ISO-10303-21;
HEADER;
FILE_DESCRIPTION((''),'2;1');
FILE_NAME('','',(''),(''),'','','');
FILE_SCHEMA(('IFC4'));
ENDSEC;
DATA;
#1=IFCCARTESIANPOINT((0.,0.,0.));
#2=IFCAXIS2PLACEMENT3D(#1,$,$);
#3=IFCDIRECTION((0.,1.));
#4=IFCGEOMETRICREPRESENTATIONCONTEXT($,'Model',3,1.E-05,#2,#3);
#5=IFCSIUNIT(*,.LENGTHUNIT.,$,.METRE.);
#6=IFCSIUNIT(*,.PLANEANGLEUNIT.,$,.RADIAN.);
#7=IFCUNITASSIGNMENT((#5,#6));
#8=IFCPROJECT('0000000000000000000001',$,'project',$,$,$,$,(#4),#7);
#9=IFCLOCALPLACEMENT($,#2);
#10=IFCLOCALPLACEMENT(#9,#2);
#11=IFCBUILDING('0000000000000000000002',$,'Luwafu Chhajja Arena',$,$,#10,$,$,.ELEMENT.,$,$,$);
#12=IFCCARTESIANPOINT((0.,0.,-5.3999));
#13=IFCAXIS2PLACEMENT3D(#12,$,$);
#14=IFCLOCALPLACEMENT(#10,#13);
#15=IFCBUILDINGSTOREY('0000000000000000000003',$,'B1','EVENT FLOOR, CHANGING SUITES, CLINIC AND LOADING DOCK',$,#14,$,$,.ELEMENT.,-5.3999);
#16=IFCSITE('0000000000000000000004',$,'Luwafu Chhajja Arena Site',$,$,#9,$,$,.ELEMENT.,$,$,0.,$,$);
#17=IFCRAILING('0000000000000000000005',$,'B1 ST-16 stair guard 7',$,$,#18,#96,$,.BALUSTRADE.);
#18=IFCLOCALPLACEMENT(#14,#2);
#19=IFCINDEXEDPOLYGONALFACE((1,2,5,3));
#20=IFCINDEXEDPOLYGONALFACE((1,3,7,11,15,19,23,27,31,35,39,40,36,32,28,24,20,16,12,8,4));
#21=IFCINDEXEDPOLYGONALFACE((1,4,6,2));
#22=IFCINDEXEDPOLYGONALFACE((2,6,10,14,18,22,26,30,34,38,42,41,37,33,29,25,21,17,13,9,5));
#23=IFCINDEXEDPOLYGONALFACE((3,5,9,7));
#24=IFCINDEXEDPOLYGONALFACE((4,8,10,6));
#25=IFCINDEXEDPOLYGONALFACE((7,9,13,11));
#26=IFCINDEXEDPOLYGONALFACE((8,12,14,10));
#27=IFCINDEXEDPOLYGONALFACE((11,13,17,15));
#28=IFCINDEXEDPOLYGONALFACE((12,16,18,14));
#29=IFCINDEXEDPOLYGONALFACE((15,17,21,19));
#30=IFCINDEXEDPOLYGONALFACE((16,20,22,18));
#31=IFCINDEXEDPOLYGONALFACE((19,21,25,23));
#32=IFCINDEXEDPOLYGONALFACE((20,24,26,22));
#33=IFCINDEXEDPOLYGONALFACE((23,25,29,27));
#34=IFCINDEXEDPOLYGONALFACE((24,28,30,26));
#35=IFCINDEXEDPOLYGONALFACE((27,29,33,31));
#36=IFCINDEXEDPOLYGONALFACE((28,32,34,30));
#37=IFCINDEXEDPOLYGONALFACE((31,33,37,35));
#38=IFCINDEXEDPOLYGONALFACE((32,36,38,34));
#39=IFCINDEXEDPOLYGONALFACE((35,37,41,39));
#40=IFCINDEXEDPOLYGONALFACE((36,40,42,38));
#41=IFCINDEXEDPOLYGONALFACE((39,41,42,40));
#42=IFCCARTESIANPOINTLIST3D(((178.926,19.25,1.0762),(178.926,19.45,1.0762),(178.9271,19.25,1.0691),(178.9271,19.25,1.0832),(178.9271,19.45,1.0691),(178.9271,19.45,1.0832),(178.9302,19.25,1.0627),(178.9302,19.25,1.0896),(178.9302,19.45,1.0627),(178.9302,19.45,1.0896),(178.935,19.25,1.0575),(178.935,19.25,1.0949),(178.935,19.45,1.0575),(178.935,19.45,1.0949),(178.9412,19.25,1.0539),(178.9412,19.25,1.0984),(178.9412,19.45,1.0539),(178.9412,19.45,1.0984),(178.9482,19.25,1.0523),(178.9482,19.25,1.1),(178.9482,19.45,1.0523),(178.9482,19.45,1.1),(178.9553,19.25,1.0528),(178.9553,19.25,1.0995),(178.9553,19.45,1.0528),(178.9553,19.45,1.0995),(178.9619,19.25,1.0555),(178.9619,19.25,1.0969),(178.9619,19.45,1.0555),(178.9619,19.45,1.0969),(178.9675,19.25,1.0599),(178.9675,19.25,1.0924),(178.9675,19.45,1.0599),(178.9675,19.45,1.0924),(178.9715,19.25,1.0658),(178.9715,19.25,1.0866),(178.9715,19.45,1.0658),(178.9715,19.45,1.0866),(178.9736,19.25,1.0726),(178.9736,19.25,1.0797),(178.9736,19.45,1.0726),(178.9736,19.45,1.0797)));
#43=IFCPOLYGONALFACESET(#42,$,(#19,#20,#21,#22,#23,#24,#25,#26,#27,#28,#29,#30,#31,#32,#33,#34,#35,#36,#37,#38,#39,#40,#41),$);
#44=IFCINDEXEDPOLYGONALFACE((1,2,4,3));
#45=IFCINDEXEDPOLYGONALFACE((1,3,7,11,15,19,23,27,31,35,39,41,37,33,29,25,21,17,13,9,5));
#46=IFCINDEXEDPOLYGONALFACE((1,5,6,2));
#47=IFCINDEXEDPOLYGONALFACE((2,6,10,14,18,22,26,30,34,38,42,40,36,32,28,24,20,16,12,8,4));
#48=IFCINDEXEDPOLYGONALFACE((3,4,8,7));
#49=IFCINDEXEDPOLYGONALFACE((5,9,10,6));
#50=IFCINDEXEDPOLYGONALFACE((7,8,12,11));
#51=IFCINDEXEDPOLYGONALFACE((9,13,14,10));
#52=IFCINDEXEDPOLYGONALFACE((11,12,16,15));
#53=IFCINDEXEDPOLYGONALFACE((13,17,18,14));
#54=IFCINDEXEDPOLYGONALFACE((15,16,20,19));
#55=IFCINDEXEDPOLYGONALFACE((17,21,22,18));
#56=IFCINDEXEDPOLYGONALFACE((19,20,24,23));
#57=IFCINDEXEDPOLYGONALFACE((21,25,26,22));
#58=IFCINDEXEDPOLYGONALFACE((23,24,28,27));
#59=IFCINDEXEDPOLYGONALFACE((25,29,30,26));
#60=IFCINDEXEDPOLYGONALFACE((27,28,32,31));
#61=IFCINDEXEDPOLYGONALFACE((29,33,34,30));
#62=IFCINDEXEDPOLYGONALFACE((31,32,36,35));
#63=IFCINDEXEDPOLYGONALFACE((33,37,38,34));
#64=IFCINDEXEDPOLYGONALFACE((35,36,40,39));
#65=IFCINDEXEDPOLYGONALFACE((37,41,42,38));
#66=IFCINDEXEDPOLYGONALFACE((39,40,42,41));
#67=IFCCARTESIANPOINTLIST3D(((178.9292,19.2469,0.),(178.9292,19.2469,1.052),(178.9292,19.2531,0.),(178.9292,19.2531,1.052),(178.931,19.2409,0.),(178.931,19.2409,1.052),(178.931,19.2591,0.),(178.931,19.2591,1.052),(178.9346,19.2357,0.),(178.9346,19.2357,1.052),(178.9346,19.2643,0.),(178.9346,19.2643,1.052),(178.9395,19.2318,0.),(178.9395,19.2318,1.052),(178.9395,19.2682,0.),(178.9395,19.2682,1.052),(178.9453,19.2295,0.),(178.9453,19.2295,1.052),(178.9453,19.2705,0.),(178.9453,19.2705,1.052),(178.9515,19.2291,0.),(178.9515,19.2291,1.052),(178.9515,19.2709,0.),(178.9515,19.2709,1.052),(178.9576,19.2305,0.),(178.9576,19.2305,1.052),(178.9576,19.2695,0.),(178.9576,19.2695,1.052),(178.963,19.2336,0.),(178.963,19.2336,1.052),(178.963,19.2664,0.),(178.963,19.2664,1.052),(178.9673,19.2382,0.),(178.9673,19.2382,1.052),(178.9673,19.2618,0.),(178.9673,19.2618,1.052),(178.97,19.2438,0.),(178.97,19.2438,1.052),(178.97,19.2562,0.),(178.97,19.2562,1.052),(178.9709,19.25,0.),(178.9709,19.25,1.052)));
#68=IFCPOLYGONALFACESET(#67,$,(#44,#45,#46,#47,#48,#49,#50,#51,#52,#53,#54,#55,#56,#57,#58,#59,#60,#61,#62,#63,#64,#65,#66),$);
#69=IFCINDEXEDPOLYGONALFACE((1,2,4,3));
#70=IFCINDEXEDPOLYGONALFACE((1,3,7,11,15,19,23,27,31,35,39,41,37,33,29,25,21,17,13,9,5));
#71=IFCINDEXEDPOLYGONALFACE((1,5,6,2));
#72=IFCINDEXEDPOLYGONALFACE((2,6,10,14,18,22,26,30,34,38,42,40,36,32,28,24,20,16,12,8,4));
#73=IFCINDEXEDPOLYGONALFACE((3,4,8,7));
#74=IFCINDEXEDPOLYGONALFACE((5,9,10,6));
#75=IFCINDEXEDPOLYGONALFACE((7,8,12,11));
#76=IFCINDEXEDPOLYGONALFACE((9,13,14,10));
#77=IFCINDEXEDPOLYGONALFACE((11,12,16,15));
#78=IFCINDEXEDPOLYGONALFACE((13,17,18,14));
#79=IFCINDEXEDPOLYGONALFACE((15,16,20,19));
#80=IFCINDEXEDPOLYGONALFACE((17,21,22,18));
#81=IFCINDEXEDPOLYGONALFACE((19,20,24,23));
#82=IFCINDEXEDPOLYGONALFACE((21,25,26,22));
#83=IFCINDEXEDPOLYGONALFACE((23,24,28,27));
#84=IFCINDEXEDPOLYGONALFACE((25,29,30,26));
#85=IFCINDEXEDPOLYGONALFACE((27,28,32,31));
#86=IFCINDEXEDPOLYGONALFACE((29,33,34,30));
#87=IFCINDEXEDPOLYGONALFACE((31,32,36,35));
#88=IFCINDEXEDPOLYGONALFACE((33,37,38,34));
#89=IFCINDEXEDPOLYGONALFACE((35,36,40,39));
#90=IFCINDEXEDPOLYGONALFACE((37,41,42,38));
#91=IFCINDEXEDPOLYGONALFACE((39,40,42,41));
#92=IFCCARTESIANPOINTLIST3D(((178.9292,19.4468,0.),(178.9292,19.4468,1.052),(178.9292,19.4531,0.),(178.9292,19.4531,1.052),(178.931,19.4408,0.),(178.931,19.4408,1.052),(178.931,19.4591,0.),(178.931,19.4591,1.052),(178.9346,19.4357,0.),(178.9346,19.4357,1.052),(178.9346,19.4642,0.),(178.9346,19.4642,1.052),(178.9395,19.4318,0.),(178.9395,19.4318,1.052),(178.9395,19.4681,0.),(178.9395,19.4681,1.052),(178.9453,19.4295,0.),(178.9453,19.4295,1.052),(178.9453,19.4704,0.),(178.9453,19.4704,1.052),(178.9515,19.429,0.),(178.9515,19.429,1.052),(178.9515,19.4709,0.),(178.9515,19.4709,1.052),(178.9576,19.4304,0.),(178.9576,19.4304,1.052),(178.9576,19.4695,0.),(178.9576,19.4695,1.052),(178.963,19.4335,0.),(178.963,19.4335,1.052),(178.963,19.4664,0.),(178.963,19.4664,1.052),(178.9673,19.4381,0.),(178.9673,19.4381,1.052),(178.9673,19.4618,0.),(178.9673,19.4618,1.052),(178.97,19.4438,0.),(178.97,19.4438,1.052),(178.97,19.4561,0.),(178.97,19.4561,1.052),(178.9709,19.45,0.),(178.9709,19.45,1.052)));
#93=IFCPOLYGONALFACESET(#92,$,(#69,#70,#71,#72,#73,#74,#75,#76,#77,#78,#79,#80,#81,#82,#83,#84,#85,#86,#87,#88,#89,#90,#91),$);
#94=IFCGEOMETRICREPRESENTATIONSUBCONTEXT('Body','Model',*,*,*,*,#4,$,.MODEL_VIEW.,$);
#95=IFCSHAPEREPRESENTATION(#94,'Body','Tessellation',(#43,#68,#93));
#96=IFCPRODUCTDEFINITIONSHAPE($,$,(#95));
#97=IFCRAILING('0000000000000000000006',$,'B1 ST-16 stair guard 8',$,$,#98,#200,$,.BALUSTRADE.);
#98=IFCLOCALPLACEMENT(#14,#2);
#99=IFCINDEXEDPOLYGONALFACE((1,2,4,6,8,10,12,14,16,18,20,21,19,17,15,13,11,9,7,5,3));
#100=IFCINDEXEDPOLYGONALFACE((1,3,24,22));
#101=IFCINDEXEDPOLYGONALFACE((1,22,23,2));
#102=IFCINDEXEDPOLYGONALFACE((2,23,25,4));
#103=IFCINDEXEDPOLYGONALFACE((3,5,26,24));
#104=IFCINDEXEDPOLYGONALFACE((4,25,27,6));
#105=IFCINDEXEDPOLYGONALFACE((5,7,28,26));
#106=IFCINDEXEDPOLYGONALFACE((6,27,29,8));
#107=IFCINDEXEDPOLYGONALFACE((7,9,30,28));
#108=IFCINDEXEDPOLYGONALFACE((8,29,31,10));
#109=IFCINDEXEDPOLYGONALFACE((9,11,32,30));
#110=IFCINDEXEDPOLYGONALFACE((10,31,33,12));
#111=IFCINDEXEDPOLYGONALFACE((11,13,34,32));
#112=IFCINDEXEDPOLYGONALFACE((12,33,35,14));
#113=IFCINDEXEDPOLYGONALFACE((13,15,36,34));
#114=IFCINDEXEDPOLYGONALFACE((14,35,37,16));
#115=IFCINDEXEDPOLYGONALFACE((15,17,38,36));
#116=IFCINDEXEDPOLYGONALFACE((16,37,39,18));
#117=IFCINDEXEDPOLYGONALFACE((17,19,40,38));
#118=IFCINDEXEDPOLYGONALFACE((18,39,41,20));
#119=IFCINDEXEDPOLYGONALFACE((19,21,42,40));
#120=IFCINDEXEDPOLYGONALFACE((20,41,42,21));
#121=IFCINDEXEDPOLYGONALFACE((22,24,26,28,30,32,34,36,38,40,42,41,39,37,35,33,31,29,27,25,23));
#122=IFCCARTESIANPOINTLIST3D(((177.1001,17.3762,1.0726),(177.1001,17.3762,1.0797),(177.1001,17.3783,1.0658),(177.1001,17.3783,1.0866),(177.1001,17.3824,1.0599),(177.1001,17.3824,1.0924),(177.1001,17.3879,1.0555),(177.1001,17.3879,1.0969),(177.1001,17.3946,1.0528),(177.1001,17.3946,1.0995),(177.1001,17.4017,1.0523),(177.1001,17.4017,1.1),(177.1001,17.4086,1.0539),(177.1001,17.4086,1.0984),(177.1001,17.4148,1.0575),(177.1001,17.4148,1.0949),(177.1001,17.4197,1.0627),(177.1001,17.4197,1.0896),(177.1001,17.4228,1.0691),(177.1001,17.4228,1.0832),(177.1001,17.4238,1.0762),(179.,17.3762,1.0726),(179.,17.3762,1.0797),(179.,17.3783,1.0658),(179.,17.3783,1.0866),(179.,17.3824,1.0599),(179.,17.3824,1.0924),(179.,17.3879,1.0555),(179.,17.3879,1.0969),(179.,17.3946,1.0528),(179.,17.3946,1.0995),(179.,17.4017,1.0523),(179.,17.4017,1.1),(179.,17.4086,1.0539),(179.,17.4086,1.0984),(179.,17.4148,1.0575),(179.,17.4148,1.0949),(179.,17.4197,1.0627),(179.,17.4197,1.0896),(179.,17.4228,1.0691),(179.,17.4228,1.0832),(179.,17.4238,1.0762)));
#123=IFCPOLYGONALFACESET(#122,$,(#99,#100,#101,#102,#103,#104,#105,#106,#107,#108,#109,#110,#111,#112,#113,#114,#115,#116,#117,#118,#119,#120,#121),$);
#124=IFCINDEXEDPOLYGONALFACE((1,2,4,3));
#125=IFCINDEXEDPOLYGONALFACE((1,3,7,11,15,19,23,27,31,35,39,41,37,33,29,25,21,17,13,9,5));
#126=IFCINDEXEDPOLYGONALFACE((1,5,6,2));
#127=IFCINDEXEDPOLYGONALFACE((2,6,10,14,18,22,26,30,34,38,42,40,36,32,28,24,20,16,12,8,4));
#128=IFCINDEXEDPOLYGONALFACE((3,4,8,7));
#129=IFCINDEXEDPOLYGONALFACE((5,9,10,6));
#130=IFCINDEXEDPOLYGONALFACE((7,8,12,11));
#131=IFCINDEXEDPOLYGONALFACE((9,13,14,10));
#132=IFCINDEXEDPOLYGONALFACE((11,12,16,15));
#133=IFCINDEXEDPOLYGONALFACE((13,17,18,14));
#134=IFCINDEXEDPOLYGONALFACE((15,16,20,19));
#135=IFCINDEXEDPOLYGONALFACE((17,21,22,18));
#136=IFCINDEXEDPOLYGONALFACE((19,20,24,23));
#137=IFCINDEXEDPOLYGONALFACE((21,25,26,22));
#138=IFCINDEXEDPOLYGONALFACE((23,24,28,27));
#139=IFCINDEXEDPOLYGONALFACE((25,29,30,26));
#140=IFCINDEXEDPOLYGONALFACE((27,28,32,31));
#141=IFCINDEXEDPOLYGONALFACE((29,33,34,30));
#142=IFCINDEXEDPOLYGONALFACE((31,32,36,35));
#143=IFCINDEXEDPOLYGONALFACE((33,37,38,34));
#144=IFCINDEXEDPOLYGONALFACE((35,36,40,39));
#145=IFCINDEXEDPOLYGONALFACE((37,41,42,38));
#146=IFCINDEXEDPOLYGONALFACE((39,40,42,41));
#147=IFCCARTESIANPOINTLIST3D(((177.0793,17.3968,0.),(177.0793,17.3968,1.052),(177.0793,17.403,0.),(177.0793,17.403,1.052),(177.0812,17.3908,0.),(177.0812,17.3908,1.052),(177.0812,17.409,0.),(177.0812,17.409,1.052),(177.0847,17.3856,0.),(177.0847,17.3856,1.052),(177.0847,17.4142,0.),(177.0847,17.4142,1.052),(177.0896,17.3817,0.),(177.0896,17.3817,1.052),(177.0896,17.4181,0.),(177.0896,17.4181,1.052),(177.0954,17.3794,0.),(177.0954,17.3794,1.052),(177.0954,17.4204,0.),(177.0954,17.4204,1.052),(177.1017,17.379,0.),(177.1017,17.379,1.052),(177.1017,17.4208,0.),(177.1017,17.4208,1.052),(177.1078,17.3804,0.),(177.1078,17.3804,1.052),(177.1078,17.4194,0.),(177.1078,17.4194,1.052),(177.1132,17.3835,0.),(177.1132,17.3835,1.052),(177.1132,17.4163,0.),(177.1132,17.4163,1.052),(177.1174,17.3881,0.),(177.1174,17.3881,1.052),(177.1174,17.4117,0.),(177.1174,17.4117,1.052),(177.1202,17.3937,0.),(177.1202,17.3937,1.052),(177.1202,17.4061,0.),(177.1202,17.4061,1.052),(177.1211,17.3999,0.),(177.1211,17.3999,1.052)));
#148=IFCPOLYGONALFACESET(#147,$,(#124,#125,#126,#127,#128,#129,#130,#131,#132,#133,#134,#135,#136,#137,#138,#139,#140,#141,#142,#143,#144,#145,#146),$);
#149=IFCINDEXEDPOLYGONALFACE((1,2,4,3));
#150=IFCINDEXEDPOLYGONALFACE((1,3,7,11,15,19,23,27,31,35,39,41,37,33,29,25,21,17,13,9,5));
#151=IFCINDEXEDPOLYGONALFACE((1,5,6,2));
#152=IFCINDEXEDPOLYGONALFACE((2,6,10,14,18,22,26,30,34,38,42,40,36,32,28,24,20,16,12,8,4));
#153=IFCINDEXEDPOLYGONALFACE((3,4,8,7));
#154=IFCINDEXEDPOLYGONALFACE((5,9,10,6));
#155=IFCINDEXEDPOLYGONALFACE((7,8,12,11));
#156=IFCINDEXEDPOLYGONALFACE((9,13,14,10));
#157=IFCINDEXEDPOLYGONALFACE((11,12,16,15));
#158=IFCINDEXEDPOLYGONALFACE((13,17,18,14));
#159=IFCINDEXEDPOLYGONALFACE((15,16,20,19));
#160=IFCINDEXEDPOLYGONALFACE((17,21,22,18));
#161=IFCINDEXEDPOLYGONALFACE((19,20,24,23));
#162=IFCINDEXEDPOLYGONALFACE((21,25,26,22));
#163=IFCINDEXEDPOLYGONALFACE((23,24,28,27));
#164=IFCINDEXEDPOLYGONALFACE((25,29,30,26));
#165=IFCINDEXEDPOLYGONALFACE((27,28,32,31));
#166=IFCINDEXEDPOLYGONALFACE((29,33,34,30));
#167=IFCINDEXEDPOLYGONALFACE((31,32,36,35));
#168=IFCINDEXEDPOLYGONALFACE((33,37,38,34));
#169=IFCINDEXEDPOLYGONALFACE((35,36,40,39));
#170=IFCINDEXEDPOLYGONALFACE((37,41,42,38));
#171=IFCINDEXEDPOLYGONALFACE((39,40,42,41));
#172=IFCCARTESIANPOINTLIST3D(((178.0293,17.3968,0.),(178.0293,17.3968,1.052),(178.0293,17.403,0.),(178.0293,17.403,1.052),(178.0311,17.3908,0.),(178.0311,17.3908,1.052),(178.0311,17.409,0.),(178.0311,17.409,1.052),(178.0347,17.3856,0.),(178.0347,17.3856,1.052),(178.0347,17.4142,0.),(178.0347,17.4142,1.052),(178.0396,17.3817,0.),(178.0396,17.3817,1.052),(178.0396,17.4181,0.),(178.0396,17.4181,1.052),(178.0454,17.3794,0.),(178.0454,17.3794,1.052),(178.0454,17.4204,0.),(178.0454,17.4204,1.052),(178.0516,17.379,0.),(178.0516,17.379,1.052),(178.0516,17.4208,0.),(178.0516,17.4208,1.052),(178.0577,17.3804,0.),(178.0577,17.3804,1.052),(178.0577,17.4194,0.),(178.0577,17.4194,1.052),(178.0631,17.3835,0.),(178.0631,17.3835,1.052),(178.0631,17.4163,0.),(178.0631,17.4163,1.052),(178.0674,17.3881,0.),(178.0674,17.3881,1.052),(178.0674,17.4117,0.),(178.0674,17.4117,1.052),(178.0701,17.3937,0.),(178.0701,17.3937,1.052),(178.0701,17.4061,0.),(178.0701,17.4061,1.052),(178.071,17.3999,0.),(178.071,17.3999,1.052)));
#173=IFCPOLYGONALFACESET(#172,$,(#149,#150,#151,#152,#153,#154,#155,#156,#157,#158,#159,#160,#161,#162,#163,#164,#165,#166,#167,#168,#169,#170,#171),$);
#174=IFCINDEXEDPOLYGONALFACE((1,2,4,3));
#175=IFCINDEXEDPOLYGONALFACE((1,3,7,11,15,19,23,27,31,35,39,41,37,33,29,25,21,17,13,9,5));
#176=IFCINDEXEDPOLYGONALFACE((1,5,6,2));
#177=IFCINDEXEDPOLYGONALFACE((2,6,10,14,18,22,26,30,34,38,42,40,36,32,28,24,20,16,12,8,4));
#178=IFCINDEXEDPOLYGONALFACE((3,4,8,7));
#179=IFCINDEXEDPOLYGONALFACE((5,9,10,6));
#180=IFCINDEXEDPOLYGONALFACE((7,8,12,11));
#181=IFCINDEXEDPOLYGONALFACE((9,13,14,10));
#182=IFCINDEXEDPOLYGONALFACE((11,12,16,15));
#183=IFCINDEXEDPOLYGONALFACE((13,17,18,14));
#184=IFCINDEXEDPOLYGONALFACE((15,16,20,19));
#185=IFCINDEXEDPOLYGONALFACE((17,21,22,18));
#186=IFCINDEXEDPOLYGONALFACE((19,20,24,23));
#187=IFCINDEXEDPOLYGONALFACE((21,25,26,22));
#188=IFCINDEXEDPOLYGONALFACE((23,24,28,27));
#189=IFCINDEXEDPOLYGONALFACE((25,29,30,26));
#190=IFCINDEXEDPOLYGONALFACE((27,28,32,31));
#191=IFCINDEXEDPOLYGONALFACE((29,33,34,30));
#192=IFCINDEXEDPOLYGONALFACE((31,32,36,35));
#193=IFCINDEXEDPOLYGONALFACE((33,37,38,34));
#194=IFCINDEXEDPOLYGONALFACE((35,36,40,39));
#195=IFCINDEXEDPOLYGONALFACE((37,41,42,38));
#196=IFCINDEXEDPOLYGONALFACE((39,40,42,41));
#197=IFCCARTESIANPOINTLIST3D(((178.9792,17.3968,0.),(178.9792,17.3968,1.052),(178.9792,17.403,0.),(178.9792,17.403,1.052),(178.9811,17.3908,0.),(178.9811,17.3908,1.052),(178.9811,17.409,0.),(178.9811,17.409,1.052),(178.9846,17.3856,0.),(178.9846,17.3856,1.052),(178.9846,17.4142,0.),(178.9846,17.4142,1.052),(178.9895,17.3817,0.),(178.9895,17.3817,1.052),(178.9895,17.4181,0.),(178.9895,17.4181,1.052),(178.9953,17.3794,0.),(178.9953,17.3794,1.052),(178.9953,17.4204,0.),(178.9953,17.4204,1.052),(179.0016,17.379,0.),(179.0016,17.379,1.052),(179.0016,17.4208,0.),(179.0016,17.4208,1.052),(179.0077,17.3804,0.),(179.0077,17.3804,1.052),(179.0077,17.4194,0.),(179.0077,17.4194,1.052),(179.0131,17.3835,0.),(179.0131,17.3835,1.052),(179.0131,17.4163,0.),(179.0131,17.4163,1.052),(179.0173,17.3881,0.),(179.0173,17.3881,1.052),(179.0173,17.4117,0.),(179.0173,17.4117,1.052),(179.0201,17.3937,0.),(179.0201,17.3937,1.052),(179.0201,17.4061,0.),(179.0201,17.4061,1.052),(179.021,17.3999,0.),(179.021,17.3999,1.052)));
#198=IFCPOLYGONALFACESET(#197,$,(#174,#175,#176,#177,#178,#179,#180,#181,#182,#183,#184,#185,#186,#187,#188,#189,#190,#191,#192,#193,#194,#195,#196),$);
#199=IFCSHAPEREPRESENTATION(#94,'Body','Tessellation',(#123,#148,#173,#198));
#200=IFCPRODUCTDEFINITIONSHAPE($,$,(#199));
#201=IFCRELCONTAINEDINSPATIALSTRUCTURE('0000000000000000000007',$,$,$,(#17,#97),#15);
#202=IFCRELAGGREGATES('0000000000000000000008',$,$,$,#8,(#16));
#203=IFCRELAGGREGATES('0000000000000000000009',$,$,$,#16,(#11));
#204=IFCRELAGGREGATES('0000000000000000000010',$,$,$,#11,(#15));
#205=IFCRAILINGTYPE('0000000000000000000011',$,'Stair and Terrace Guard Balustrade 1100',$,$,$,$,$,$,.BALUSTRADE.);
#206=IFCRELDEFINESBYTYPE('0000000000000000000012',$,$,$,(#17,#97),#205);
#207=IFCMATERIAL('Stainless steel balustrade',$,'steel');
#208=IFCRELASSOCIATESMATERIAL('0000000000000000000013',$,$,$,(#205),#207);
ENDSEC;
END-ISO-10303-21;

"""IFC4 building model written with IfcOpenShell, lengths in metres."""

from ifc_helpers import new_model, si_unit, direction, frame, origin, origin_2d, place, context, subcontext, project, spatial, circle, extrude, material, type_object, element, save


model = new_model("IFC4")

# Units and contexts
model_context = context("Model", 3, precision=1e-05, world=origin(), true_north=direction((0.0, 1.0)))
body_context = subcontext(model_context, "Body", "Model", "MODEL_VIEW")
ifc_project = project(units=[si_unit("LENGTHUNIT", "METRE"), si_unit("PLANEANGLEUNIT", "RADIAN")], contexts=[model_context])

# Site, building, storey
site_placement = place(None, origin())
site = spatial("IfcSite", under=ifc_project, at=site_placement, Name="Luwafu Chhajja Arena Site", CompositionType="ELEMENT", RefElevation=0.0)
building_placement = place(site_placement, origin())
building = spatial("IfcBuilding", under=site, at=building_placement, Name="Luwafu Chhajja Arena", CompositionType="ELEMENT")
storey_placement = place(building_placement, frame((0.0, 0.0, -5.3999)))
storey = spatial("IfcBuildingStorey", under=building, at=storey_placement, Name="B1", Description="EVENT FLOOR, CHANGING SUITES, CLINIC AND LOADING DOCK", CompositionType="ELEMENT", Elevation=-5.3999)

# Railings
ifc_material_1 = material(Name="Stainless steel balustrade", Category="steel")
railing_type_1 = type_object("IfcRailingType", Name="Stair and Terrace Guard Balustrade 1100", PredefinedType="BALUSTRADE", material=ifc_material_1)
railing_1_placement = place(storey_placement, frame((178.95, 19.25, 0.0)))
element("IfcRailing", 1, at=railing_1_placement, inside=storey, type_object=railing_type_1, Name="B1 ST-16 stair guard 7", PredefinedType="BALUSTRADE", context=body_context, shape_type="SweptSolid", body=[
    extrude(circle(Radius=0.0239, at=origin_2d()), frame((0.0, 0.0, 1.0762), z_axis=(0.0, 1.0, 0.0), x_axis=(-1.0, 0.0, 0.0)), (0.0, 0.0, 1.0), 0.2),
    extrude(circle(Radius=0.021, at=origin_2d()), origin(), (0.0, 0.0, 1.0), 1.052),
    extrude(circle(Radius=0.021, at=origin_2d()), frame((0.0, 0.2, 0.0)), (0.0, 0.0, 1.0), 1.052),
])
for number, where, name in (
    (2, (177.1001, 17.3999, 0.0), "B1 ST-16 stair guard 8"),
):
    element("IfcRailing", number, at=place(storey_placement, frame(where)), inside=storey, type_object=railing_type_1, Name=name, PredefinedType="BALUSTRADE", context=body_context, shape_type="SweptSolid", body=[
        extrude(circle(Radius=0.0239, at=origin_2d()), frame((0.0, 0.0, 1.0762), z_axis=(1.0, 0.0, 0.0), x_axis=(0.0, 1.0, 0.0)), (0.0, 0.0, 1.0), 1.8999),
        extrude(circle(Radius=0.021, at=origin_2d()), origin(), (0.0, 0.0, 1.0), 1.052),
        extrude(circle(Radius=0.021, at=origin_2d()), frame((0.95, 0.0, 0.0)), (0.0, 0.0, 1.0), 1.052),
        extrude(circle(Radius=0.021, at=origin_2d()), frame((1.8999, 0.0, 0.0)), (0.0, 0.0, 1.0), 1.052),
    ])

save(model, "model.ifc")
